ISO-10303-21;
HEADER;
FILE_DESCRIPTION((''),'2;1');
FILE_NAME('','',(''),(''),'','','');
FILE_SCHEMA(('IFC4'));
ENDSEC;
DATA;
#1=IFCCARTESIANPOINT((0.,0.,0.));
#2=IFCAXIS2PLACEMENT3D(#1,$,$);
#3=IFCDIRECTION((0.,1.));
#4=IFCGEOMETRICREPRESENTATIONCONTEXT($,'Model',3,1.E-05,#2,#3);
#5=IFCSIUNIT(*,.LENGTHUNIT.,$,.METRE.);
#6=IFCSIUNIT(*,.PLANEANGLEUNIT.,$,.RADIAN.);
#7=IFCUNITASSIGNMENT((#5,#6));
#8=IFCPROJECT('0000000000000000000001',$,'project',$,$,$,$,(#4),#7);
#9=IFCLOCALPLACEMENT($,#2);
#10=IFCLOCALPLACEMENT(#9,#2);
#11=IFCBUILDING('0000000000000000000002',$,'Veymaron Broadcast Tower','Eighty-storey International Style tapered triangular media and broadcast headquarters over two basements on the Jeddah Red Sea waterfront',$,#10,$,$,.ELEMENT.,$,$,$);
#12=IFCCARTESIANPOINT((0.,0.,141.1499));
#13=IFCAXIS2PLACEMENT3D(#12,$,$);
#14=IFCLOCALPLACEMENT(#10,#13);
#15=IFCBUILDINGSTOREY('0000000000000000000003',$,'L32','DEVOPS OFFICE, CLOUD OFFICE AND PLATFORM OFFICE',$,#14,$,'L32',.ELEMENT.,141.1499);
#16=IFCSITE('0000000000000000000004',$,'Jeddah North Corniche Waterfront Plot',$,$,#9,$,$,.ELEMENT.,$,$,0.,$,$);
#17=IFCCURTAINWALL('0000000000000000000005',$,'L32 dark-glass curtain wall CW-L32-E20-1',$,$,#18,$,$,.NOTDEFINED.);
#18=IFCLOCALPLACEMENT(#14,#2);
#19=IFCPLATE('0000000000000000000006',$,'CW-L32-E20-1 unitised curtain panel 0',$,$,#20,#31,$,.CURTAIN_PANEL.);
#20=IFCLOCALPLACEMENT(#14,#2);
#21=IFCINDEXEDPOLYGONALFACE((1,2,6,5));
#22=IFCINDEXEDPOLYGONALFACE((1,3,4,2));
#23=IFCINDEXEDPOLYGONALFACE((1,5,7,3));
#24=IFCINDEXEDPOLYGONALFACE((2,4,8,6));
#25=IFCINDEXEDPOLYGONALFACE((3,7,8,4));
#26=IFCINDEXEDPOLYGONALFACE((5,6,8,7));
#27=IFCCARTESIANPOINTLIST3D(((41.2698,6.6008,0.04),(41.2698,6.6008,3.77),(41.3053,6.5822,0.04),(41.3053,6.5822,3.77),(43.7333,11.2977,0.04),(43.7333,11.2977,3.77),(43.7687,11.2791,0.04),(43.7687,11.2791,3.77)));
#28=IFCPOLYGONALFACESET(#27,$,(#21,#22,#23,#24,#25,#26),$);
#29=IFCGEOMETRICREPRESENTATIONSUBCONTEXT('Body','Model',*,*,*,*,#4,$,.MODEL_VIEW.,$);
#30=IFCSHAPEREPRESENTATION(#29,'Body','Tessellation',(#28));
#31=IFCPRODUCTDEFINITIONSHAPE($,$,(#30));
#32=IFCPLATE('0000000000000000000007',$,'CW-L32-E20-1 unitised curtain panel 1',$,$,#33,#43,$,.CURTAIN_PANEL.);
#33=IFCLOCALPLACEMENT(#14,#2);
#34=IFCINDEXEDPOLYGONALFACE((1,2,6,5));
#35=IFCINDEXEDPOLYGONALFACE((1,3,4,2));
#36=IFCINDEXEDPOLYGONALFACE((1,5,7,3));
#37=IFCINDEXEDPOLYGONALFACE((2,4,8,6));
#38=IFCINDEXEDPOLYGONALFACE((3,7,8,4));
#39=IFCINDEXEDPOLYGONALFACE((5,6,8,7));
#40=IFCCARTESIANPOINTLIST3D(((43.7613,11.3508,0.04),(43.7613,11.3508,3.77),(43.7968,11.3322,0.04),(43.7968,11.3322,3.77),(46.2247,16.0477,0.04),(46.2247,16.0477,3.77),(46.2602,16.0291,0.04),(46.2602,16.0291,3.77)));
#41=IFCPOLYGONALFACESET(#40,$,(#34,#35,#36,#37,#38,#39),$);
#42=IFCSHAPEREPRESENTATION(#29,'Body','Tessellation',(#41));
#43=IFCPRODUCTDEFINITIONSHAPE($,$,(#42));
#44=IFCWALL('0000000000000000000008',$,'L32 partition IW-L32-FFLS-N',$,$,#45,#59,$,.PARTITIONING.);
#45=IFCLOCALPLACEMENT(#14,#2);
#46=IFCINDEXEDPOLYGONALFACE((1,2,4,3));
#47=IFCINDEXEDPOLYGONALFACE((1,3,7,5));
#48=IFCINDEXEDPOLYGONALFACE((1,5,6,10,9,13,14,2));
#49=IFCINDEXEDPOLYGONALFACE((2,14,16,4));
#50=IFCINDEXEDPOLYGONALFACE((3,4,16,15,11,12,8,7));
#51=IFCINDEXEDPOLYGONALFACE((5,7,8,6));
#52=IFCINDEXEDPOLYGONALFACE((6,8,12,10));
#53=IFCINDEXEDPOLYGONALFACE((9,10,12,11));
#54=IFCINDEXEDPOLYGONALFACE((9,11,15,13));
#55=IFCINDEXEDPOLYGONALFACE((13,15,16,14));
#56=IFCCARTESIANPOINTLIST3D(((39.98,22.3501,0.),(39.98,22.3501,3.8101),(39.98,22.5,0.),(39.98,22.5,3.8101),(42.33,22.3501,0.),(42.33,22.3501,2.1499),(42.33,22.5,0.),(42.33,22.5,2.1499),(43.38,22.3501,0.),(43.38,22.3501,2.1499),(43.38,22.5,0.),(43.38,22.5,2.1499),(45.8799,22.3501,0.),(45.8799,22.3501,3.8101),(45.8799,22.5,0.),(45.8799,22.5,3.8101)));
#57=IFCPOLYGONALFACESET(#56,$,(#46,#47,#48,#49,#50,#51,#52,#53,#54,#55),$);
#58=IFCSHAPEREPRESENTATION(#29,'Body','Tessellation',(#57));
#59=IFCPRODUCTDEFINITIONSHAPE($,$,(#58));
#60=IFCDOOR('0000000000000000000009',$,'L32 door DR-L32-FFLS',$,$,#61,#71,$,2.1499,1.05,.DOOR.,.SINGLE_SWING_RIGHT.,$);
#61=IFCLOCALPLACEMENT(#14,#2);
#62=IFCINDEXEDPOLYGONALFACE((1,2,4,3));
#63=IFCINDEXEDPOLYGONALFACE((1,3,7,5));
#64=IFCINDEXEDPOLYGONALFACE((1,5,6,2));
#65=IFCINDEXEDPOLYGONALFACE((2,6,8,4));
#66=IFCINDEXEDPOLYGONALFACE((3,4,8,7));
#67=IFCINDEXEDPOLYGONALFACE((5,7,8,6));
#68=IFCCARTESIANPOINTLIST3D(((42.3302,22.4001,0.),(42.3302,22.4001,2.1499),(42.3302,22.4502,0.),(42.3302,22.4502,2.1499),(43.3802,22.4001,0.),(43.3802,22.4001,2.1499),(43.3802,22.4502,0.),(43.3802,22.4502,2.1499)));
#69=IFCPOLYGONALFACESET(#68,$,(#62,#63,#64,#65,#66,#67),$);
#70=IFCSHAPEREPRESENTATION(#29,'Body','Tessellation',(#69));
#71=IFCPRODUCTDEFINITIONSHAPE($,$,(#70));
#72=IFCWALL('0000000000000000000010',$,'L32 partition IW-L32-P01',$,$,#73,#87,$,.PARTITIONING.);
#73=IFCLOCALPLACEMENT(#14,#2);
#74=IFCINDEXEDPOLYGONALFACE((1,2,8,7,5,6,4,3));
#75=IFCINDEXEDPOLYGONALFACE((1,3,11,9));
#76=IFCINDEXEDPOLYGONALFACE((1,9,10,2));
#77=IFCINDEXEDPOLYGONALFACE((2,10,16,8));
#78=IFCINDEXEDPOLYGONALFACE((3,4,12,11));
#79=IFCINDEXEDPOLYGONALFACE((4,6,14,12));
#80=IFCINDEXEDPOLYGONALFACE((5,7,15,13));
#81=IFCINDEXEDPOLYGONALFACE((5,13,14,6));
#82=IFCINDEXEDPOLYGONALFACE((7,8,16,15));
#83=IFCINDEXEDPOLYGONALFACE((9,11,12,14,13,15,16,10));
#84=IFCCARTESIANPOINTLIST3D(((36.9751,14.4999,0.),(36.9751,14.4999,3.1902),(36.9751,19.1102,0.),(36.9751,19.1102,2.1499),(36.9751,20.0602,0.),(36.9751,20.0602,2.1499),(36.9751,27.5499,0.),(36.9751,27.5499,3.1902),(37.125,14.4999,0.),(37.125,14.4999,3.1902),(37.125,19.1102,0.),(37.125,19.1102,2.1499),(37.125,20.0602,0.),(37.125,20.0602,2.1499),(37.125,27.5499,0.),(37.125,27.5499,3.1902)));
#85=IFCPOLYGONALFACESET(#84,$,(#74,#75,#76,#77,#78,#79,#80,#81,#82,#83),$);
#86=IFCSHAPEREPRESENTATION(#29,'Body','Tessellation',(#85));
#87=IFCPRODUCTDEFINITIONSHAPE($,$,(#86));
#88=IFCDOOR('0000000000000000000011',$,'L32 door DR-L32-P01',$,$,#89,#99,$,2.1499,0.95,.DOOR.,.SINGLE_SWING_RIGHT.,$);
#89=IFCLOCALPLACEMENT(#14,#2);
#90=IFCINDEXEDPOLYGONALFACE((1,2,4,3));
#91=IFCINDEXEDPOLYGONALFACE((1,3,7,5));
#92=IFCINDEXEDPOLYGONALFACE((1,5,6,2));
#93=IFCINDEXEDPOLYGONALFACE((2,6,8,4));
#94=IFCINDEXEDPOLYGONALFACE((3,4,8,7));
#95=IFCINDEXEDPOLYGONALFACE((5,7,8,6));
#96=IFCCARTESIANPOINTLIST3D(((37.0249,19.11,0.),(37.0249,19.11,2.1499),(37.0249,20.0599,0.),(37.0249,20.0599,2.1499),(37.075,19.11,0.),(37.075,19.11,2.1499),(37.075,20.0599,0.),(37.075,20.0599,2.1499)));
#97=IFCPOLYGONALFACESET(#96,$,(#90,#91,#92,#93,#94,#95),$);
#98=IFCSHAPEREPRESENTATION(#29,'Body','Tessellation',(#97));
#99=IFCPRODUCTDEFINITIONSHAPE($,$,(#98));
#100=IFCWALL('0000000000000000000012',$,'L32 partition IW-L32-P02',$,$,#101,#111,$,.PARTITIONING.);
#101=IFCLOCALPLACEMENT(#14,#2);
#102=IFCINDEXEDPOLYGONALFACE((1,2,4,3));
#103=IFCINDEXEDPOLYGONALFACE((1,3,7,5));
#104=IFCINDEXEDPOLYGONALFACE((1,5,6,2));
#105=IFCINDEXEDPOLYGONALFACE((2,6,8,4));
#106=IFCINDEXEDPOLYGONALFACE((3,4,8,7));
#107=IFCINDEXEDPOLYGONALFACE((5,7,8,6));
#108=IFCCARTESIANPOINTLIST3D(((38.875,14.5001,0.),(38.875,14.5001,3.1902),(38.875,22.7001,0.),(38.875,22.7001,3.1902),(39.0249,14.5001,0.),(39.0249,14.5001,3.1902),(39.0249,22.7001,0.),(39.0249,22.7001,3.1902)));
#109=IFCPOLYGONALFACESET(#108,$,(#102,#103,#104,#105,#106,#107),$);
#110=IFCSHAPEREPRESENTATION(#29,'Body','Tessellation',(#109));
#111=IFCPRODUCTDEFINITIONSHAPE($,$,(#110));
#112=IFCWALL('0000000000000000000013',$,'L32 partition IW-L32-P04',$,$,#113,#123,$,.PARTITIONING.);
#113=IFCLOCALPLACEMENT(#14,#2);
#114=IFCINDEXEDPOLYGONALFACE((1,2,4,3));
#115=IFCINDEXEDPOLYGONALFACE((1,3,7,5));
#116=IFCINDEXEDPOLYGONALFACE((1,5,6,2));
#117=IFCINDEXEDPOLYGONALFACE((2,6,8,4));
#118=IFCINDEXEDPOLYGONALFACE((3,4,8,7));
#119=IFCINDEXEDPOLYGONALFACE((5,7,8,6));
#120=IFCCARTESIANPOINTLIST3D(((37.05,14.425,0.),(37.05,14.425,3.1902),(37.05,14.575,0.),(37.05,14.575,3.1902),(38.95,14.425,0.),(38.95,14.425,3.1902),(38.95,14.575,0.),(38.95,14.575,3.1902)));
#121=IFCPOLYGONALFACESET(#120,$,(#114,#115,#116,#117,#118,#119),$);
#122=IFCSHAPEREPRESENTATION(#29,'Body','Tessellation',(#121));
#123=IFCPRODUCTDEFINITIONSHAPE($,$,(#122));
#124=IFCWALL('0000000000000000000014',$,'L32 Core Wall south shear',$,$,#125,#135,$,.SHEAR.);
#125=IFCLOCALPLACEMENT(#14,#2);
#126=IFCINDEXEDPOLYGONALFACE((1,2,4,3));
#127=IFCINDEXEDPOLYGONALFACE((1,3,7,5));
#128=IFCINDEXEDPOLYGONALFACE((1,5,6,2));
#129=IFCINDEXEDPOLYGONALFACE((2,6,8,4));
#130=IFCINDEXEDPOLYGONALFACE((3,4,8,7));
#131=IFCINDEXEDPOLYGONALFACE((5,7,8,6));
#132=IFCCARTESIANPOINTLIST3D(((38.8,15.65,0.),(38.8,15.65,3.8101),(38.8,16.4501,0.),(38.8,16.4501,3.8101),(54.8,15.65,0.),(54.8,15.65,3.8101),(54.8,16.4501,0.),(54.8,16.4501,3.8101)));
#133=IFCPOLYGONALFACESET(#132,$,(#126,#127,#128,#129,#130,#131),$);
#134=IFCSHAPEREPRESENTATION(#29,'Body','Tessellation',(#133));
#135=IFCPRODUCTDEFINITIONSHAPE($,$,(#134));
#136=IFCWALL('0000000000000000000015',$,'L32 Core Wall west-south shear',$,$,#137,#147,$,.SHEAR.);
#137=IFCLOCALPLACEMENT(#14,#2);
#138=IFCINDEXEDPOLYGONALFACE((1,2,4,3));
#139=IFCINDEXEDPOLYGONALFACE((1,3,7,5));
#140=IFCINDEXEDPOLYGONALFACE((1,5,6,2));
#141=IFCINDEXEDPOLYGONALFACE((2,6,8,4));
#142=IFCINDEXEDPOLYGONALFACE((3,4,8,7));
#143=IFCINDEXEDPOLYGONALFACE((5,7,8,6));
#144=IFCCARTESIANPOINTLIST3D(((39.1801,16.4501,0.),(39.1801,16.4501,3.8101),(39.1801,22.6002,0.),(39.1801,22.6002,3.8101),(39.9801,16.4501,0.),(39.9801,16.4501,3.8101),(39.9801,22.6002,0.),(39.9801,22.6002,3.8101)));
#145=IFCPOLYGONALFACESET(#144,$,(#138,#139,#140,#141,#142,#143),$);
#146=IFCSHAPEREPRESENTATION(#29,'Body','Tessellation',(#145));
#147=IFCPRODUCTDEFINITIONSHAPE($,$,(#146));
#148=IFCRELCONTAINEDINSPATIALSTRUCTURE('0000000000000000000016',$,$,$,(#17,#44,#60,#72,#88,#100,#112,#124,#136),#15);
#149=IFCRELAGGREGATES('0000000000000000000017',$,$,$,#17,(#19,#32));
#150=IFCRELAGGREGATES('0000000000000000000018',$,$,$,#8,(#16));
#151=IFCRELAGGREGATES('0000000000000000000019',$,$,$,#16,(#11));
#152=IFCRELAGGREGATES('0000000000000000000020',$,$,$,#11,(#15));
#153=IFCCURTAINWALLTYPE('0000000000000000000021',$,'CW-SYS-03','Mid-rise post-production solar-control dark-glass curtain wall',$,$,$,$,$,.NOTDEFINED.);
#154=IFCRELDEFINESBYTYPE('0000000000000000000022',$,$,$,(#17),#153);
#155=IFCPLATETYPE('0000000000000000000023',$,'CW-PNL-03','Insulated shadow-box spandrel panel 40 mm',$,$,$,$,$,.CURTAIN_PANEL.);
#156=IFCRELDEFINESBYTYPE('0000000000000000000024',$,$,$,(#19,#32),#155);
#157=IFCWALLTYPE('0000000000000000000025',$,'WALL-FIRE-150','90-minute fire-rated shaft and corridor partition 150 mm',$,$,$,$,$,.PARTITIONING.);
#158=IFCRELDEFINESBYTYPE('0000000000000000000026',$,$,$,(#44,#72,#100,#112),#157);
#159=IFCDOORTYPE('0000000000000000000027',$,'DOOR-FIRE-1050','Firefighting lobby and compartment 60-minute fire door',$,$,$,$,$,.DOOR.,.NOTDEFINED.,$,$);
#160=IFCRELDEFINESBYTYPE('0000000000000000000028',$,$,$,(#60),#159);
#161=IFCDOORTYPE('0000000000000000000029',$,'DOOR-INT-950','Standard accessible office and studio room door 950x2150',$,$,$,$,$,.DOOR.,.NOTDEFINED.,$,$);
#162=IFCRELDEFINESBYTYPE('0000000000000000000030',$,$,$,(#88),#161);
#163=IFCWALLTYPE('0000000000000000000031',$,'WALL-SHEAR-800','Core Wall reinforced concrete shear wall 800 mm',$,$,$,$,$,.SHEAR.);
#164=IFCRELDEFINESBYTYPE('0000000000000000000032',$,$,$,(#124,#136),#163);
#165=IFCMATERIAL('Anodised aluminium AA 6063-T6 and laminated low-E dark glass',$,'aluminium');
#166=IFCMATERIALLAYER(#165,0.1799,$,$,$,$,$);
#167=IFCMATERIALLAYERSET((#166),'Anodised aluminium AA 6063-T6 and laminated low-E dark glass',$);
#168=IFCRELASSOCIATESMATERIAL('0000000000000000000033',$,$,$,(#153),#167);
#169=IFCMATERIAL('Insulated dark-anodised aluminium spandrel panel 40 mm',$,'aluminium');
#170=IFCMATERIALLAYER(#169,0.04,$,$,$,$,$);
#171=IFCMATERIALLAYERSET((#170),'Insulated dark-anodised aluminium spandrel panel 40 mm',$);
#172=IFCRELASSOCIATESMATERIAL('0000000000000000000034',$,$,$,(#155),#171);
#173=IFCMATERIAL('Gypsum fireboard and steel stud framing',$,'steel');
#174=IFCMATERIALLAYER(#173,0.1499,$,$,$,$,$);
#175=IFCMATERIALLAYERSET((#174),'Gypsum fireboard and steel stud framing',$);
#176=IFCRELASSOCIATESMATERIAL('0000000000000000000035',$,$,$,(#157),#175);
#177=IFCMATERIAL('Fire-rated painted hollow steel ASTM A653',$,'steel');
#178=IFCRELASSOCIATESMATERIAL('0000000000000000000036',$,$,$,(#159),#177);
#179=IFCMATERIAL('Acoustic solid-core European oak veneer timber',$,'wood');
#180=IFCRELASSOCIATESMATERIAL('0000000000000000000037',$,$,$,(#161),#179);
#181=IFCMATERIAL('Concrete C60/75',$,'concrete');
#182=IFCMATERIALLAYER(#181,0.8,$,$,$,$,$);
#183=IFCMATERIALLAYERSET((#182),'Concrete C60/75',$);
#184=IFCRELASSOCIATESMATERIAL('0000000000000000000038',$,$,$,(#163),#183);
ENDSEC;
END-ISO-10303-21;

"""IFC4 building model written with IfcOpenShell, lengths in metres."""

from ifc_helpers import new_model, si_unit, direction, frame, frame_2d, origin, origin_2d, place, context, subcontext, project, spatial, rectangle, extrude, material, layer, layer_set, type_object, element, fill, aggregate, save


model = new_model("IFC4")

# Units and contexts
model_context = context("Model", 3, precision=1e-05, world=origin(), true_north=direction((0.0, 1.0)))
body_context = subcontext(model_context, "Body", "Model", "MODEL_VIEW")
ifc_project = project(units=[si_unit("LENGTHUNIT", "METRE"), si_unit("PLANEANGLEUNIT", "RADIAN")], contexts=[model_context])

# Site, building, storey
site_placement = place(None, origin())
site = spatial("IfcSite", under=ifc_project, at=site_placement, Name="Jeddah North Corniche Waterfront Plot", CompositionType="ELEMENT", RefElevation=0.0)
building_placement = place(site_placement, origin())
building = spatial("IfcBuilding", under=site, at=building_placement, Name="Veymaron Broadcast Tower", Description="Eighty-storey International Style tapered triangular media and broadcast headquarters over two basements on the Jeddah Red Sea waterfront", CompositionType="ELEMENT")
storey_placement = place(building_placement, frame((0.0, 0.0, 141.1499)))
storey = spatial("IfcBuildingStorey", under=building, at=storey_placement, Name="L32", Description="DEVOPS OFFICE, CLOUD OFFICE AND PLATFORM OFFICE", LongName="L32", CompositionType="ELEMENT", Elevation=141.1499)

# Curtain wall, plates
ifc_material_1 = material(Name="Anodised aluminium AA 6063-T6 and laminated low-E dark glass", Category="aluminium")
ifc_layer_1 = layer(ifc_material_1, 0.1799)
ifc_layer_set_1 = layer_set([ifc_layer_1], Name="Anodised aluminium AA 6063-T6 and laminated low-E dark glass")
curtain_wall_type = type_object("IfcCurtainWallType", Name="CW-SYS-03", Description="Mid-rise post-production solar-control dark-glass curtain wall", PredefinedType="NOTDEFINED", material=ifc_layer_set_1)
curtain_wall_placement = place(storey_placement, origin())
curtain_wall = element("IfcCurtainWall", 1, at=curtain_wall_placement, inside=storey, type_object=curtain_wall_type, Name="L32 dark-glass curtain wall CW-L32-E20-1", PredefinedType="NOTDEFINED")
ifc_material_2 = material(Name="Insulated dark-anodised aluminium spandrel panel 40 mm", Category="aluminium")
ifc_layer_2 = layer(ifc_material_2, 0.04)
ifc_layer_set_2 = layer_set([ifc_layer_2], Name="Insulated dark-anodised aluminium spandrel panel 40 mm")
plate_type = type_object("IfcPlateType", Name="CW-PNL-03", Description="Insulated shadow-box spandrel panel 40 mm", PredefinedType="CURTAIN_PANEL", material=ifc_layer_set_2)
plate_1_placement = place(storey_placement, frame((42.5193, 8.9399, 0.04), z_axis=(0.0, 0.0, 1.0), x_axis=(0.464471, 0.885588, 0.0)))
plate_1 = element("IfcPlate", 2, at=plate_1_placement, type_object=plate_type, Name="CW-L32-E20-1 unitised curtain panel 0", PredefinedType="CURTAIN_PANEL", context=body_context, shape_type="SweptSolid", body=[
    extrude(rectangle(XDim=5.3037, YDim=0.04, at=origin_2d()), origin(), (0.0, 0.0, 1.0), 3.73),
])
plate_2_placement = place(storey_placement, frame((45.0107, 13.6899, 0.04), z_axis=(0.0, 0.0, 1.0), x_axis=(0.464471, 0.885588, 0.0)))
plate_2 = element("IfcPlate", 3, at=plate_2_placement, type_object=plate_type, Name="CW-L32-E20-1 unitised curtain panel 1", PredefinedType="CURTAIN_PANEL", context=body_context, shape_type="SweptSolid", body=[
    extrude(rectangle(XDim=5.3037, YDim=0.04, at=origin_2d()), origin(), (0.0, 0.0, 1.0), 3.73),
])
aggregate(curtain_wall, [plate_1, plate_2])

# Walls, openings, doors
ifc_material_3 = material(Name="Gypsum fireboard and steel stud framing", Category="steel")
ifc_layer_3 = layer(ifc_material_3, 0.1499)
ifc_layer_set_3 = layer_set([ifc_layer_3], Name="Gypsum fireboard and steel stud framing")
wall_type_1 = type_object("IfcWallType", Name="WALL-FIRE-150", Description="90-minute fire-rated shaft and corridor partition 150 mm", PredefinedType="PARTITIONING", material=ifc_layer_set_3)
wall_1_placement = place(storey_placement, frame((39.98, 22.425, 0.0), z_axis=(0.0, 0.0, 1.0), x_axis=(1.0, 0.0, 0.0)))
wall_1 = element("IfcWall", 4, at=wall_1_placement, inside=storey, type_object=wall_type_1, Name="L32 partition IW-L32-FFLS-N", PredefinedType="PARTITIONING", context=body_context, shape_type="SweptSolid", body=[
    extrude(rectangle(XDim=5.8999, YDim=0.1499, at=frame_2d((2.95, 0.0))), origin(), (0.0, 0.0, 1.0), 3.8101),
])
opening_1_placement = place(wall_1_placement, frame((2.3501, 0.0, 0.0)))
opening_1 = element("IfcOpeningElement", 5, at=opening_1_placement, cuts=wall_1, PredefinedType="OPENING", context=body_context, shape_type="SweptSolid", body=[
    extrude(rectangle(XDim=1.05, YDim=2.1499, at=frame_2d((0.5249, 1.075))), frame((0.0, 0.085, 0.0), z_axis=(0.0, -1.0, 0.0), x_axis=(1.0, 0.0, 0.0)), (0.0, 0.0, 1.0), 0.1699),
])
ifc_material_4 = material(Name="Fire-rated painted hollow steel ASTM A653", Category="steel")
door_type_1 = type_object("IfcDoorType", Name="DOOR-FIRE-1050", Description="Firefighting lobby and compartment 60-minute fire door", OperationType="NOTDEFINED", PredefinedType="DOOR", material=ifc_material_4)
door_1_placement = place(opening_1_placement, frame((1.05, 0.0, 0.0), z_axis=(0.0, 0.0, 1.0), x_axis=(-1.0, 0.0, 0.0)))
door_1 = element("IfcDoor", 6, at=door_1_placement, inside=storey, type_object=door_type_1, Name="L32 door DR-L32-FFLS", OperationType="SINGLE_SWING_RIGHT", OverallHeight=2.1499, OverallWidth=1.05, PredefinedType="DOOR", context=body_context, shape_type="SweptSolid", body=[
    extrude(rectangle(XDim=1.05, YDim=2.1499, at=frame_2d((0.5249, 1.075))), frame((0.0, 0.0249, 0.0), z_axis=(0.0, -1.0, 0.0), x_axis=(1.0, 0.0, 0.0)), (0.0, 0.0, 1.0), 0.05),
])
fill(opening_1, door_1)
wall_2_placement = place(storey_placement, frame((37.05, 14.5, 0.0), z_axis=(0.0, 0.0, 1.0), x_axis=(0.0, 1.0, 0.0)))
wall_2 = element("IfcWall", 7, at=wall_2_placement, inside=storey, type_object=wall_type_1, Name="L32 partition IW-L32-P01", PredefinedType="PARTITIONING", context=body_context, shape_type="SweptSolid", body=[
    extrude(rectangle(XDim=13.05, YDim=0.1499, at=frame_2d((6.5249, 0.0))), origin(), (0.0, 0.0, 1.0), 3.1902),
])
opening_2_placement = place(wall_2_placement, frame((4.6101, 0.0, 0.0)))
opening_2 = element("IfcOpeningElement", 8, at=opening_2_placement, cuts=wall_2, PredefinedType="OPENING", context=body_context, shape_type="SweptSolid", body=[
    extrude(rectangle(XDim=0.95, YDim=2.1499, at=frame_2d((0.4751, 1.075))), frame((0.0, 0.085, 0.0), z_axis=(0.0, -1.0, 0.0), x_axis=(1.0, 0.0, 0.0)), (0.0, 0.0, 1.0), 0.1699),
])
ifc_material_5 = material(Name="Acoustic solid-core European oak veneer timber", Category="wood")
door_type_2 = type_object("IfcDoorType", Name="DOOR-INT-950", Description="Standard accessible office and studio room door 950x2150", OperationType="NOTDEFINED", PredefinedType="DOOR", material=ifc_material_5)
door_2_placement = place(opening_2_placement, frame((0.95, 0.0, 0.0), z_axis=(0.0, 0.0, 1.0), x_axis=(-1.0, 0.0, 0.0)))
door_2 = element("IfcDoor", 9, at=door_2_placement, inside=storey, type_object=door_type_2, Name="L32 door DR-L32-P01", OperationType="SINGLE_SWING_RIGHT", OverallHeight=2.1499, OverallWidth=0.95, PredefinedType="DOOR", context=body_context, shape_type="SweptSolid", body=[
    extrude(rectangle(XDim=0.95, YDim=2.1499, at=frame_2d((0.4751, 1.075))), frame((0.0, 0.0249, 0.0), z_axis=(0.0, -1.0, 0.0), x_axis=(1.0, 0.0, 0.0)), (0.0, 0.0, 1.0), 0.05),
])
fill(opening_2, door_2)

# Walls
wall_3_placement = place(storey_placement, frame((38.95, 14.5, 0.0), z_axis=(0.0, 0.0, 1.0), x_axis=(0.0, 1.0, 0.0)))
element("IfcWall", 10, at=wall_3_placement, inside=storey, type_object=wall_type_1, Name="L32 partition IW-L32-P02", PredefinedType="PARTITIONING", context=body_context, shape_type="SweptSolid", body=[
    extrude(rectangle(XDim=8.2, YDim=0.1499, at=frame_2d((4.1001, 0.0))), origin(), (0.0, 0.0, 1.0), 3.1902),
])
wall_4_placement = place(storey_placement, frame((37.05, 14.5, 0.0), z_axis=(0.0, 0.0, 1.0), x_axis=(1.0, 0.0, 0.0)))
element("IfcWall", 11, at=wall_4_placement, inside=storey, type_object=wall_type_1, Name="L32 partition IW-L32-P04", PredefinedType="PARTITIONING", context=body_context, shape_type="SweptSolid", body=[
    extrude(rectangle(XDim=1.8999, YDim=0.1499, at=frame_2d((0.95, 0.0))), origin(), (0.0, 0.0, 1.0), 3.1902),
])

# Walls
ifc_material_6 = material(Name="Concrete C60/75", Category="concrete")
ifc_layer_4 = layer(ifc_material_6, 0.8)
ifc_layer_set_4 = layer_set([ifc_layer_4], Name="Concrete C60/75")
wall_type_2 = type_object("IfcWallType", Name="WALL-SHEAR-800", Description="Core Wall reinforced concrete shear wall 800 mm", PredefinedType="SHEAR", material=ifc_layer_set_4)
wall_5_placement = place(storey_placement, frame((38.8, 16.05, 0.0), z_axis=(0.0, 0.0, 1.0), x_axis=(1.0, 0.0, 0.0)))
element("IfcWall", 12, at=wall_5_placement, inside=storey, type_object=wall_type_2, Name="L32 Core Wall south shear", PredefinedType="SHEAR", context=body_context, shape_type="SweptSolid", body=[
    extrude(rectangle(XDim=16.0, YDim=0.8, at=frame_2d((8.0, 0.0))), origin(), (0.0, 0.0, 1.0), 3.8101),
])
wall_6_placement = place(storey_placement, frame((39.5801, 16.45, 0.0), z_axis=(0.0, 0.0, 1.0), x_axis=(0.0, 1.0, 0.0)))
element("IfcWall", 13, at=wall_6_placement, inside=storey, type_object=wall_type_2, Name="L32 Core Wall west-south shear", PredefinedType="SHEAR", context=body_context, shape_type="SweptSolid", body=[
    extrude(rectangle(XDim=6.1501, YDim=0.8, at=frame_2d((3.0752, 0.0))), origin(), (0.0, 0.0, 1.0), 3.8101),
])

save(model, "model.ifc")
